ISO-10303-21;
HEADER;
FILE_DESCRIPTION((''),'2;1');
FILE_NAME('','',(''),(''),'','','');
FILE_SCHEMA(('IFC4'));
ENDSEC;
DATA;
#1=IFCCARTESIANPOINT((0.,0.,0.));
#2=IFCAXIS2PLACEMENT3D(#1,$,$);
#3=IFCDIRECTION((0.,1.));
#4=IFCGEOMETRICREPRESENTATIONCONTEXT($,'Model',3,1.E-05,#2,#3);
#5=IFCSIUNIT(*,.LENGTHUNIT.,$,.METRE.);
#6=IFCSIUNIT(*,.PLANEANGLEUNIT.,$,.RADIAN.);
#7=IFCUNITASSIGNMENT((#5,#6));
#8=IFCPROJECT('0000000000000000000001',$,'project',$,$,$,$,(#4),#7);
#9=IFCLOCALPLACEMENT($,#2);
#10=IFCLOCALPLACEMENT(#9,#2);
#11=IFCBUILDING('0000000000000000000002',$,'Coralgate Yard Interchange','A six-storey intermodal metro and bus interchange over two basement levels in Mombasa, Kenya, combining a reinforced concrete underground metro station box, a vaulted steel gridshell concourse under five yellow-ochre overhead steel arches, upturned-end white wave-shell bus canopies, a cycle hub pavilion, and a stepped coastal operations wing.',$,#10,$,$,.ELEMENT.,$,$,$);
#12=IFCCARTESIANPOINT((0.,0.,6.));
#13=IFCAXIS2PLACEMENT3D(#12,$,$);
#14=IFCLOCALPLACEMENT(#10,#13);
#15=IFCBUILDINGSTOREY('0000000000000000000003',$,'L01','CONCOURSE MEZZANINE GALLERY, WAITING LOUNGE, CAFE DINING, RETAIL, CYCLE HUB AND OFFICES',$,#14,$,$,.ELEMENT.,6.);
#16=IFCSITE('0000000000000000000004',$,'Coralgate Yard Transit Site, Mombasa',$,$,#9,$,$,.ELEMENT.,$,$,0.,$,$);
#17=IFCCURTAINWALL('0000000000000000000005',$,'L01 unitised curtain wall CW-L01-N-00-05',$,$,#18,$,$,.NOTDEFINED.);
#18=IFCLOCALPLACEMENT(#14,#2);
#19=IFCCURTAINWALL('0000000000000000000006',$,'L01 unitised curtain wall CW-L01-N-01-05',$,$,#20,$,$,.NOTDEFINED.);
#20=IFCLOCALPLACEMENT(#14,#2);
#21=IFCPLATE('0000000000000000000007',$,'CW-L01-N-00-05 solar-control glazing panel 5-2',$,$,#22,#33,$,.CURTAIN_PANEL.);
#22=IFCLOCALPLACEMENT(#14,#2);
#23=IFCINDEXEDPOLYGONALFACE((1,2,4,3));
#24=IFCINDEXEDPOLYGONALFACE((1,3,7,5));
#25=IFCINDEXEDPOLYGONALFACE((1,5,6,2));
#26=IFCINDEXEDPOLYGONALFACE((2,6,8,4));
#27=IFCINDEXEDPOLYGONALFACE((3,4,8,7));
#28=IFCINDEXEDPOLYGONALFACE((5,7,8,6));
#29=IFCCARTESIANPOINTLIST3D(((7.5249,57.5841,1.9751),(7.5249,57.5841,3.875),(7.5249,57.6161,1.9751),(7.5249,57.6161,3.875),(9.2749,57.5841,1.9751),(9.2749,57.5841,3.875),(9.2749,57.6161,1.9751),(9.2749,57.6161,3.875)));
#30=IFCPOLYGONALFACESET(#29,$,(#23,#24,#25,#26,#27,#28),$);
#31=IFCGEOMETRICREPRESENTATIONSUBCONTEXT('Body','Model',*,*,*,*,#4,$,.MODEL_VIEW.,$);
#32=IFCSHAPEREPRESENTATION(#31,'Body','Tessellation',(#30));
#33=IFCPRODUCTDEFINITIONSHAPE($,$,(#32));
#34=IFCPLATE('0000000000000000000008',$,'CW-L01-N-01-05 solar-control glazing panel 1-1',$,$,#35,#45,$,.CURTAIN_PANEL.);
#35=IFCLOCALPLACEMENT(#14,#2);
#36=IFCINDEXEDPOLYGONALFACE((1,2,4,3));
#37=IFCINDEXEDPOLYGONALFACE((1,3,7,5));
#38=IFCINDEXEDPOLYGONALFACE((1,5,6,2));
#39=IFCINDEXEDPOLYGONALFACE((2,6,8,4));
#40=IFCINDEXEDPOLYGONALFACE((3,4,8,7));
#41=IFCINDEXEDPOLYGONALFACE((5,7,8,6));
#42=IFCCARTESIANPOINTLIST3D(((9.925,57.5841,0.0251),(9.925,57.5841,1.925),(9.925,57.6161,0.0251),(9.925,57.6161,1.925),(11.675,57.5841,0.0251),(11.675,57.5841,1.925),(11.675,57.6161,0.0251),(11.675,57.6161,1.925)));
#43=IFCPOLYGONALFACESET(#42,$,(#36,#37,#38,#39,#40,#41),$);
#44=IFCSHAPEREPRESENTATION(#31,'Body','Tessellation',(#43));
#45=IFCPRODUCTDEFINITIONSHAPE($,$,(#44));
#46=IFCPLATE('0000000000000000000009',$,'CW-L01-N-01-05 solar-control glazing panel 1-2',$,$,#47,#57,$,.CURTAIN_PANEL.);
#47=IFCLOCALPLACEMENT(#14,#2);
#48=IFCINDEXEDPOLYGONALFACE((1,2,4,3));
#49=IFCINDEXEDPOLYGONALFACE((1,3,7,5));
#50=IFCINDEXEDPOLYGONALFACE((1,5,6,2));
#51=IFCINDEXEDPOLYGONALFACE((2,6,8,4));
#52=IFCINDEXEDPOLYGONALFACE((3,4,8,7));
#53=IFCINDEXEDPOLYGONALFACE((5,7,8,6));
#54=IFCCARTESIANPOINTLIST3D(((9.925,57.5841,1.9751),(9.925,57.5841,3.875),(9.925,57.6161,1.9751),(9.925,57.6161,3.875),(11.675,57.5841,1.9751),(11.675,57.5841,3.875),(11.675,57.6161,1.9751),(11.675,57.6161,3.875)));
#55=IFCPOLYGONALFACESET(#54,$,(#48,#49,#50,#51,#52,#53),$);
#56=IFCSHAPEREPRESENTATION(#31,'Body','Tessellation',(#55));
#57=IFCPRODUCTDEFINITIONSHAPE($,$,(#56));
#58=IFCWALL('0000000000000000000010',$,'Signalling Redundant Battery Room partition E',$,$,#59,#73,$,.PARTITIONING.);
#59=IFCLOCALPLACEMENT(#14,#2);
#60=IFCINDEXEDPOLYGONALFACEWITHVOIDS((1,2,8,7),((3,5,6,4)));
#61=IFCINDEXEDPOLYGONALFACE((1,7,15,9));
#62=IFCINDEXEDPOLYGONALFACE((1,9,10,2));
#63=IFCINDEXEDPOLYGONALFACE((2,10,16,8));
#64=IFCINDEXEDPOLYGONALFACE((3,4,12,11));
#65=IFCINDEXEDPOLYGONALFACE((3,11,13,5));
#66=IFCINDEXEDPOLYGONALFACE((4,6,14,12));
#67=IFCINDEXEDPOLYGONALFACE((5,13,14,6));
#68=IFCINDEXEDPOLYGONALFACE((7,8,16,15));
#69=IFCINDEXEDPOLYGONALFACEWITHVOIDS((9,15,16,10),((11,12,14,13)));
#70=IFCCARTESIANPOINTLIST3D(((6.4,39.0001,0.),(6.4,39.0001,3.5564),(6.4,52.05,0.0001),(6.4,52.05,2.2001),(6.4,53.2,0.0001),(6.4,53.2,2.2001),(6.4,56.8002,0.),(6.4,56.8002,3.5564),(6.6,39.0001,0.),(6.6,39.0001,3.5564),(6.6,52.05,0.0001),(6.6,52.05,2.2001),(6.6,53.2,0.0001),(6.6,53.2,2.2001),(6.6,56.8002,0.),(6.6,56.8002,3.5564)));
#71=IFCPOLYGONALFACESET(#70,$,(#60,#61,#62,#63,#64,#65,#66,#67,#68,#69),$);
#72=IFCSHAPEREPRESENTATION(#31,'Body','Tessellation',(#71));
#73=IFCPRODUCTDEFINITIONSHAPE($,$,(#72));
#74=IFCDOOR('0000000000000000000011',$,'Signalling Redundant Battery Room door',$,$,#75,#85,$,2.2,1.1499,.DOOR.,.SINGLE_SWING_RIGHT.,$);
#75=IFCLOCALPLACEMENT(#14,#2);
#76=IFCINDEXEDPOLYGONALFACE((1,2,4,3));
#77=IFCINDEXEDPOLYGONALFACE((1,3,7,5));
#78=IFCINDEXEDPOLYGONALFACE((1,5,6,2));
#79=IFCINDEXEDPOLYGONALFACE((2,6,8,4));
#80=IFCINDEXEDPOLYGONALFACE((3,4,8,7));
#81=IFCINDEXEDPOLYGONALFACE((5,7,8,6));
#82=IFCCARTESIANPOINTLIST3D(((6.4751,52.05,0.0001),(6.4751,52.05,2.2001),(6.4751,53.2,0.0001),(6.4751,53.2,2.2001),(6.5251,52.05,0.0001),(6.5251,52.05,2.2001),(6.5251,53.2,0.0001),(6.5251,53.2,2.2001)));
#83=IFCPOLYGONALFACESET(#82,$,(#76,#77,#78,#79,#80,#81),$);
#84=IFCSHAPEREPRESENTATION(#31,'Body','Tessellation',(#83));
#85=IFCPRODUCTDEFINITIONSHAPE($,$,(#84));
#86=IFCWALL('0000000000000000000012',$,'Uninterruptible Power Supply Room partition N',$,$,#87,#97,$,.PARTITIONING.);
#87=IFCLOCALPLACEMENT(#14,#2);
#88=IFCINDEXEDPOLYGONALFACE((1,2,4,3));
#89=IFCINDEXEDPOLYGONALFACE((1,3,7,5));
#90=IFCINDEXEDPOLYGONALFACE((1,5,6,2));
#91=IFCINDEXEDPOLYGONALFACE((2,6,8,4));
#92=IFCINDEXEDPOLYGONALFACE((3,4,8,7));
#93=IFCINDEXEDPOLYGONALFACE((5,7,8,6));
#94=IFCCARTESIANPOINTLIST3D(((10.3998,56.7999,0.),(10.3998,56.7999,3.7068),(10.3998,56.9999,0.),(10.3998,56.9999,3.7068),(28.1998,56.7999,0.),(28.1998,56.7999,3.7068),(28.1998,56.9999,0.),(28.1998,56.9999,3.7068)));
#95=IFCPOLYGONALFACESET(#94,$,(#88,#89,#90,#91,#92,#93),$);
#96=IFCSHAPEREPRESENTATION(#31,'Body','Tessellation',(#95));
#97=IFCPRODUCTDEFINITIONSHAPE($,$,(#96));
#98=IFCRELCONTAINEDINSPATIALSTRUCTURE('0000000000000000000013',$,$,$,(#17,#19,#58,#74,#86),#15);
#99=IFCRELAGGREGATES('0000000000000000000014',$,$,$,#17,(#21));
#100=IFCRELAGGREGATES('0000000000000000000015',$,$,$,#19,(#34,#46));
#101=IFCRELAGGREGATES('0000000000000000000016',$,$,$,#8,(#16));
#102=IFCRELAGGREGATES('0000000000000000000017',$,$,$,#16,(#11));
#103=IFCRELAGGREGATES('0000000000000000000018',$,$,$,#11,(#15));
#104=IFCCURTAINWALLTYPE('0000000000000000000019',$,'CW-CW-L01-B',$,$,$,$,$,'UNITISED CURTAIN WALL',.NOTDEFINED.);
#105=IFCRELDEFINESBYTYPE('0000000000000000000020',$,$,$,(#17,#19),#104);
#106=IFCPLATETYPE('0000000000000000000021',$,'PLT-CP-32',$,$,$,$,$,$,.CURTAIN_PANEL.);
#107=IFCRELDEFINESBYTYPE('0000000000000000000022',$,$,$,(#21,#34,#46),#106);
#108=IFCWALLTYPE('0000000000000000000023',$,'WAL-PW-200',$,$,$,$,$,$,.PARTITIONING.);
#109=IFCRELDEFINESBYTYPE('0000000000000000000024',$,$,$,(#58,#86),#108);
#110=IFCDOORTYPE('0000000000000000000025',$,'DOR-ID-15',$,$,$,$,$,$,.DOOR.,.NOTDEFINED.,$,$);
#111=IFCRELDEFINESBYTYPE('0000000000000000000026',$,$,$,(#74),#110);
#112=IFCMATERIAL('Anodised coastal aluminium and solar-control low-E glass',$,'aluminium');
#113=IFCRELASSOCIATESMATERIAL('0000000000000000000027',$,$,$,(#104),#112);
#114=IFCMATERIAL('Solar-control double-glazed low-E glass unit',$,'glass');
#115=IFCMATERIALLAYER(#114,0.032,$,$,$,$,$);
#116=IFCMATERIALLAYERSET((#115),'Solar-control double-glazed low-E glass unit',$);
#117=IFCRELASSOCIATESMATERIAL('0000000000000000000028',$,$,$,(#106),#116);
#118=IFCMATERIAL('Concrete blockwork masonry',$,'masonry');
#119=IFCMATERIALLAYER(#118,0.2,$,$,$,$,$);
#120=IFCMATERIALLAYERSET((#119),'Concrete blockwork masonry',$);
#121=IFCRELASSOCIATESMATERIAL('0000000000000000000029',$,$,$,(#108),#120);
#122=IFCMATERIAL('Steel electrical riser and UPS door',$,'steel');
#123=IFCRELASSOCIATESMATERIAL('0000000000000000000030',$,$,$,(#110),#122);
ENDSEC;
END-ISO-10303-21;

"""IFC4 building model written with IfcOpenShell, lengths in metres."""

from ifc_helpers import new_model, si_unit, direction, frame, frame_2d, origin, origin_2d, place, context, subcontext, project, spatial, rectangle, extrude, material, layer, layer_set, type_object, element, fill, aggregate, save


model = new_model("IFC4")

# Units and contexts
model_context = context("Model", 3, precision=1e-05, world=origin(), true_north=direction((0.0, 1.0)))
body_context = subcontext(model_context, "Body", "Model", "MODEL_VIEW")
ifc_project = project(units=[si_unit("LENGTHUNIT", "METRE"), si_unit("PLANEANGLEUNIT", "RADIAN")], contexts=[model_context])

# Site, building, storey
site_placement = place(None, origin())
site = spatial("IfcSite", under=ifc_project, at=site_placement, Name="Coralgate Yard Transit Site, Mombasa", CompositionType="ELEMENT", RefElevation=0.0)
building_placement = place(site_placement, origin())
building = spatial("IfcBuilding", under=site, at=building_placement, Name="Coralgate Yard Interchange", Description="A six-storey intermodal metro and bus interchange over two basement levels in Mombasa, Kenya, combining a reinforced concrete underground metro station box, a vaulted steel gridshell concourse under five yellow-ochre overhead steel arches, upturned-end white wave-shell bus canopies, a cycle hub pavilion, and a stepped coastal operations wing.", CompositionType="ELEMENT")
storey_placement = place(building_placement, frame((0.0, 0.0, 6.0)))
storey = spatial("IfcBuildingStorey", under=building, at=storey_placement, Name="L01", Description="CONCOURSE MEZZANINE GALLERY, WAITING LOUNGE, CAFE DINING, RETAIL, CYCLE HUB AND OFFICES", CompositionType="ELEMENT", Elevation=6.0)

# Curtain walls
ifc_material_1 = material(Name="Anodised coastal aluminium and solar-control low-E glass", Category="aluminium")
curtain_wall_type = type_object("IfcCurtainWallType", Name="CW-CW-L01-B", ElementType="UNITISED CURTAIN WALL", PredefinedType="NOTDEFINED", material=ifc_material_1)
curtain_wall_1_placement = place(storey_placement, origin())
curtain_wall_1 = element("IfcCurtainWall", 1, at=curtain_wall_1_placement, inside=storey, type_object=curtain_wall_type, Name="L01 unitised curtain wall CW-L01-N-00-05", PredefinedType="NOTDEFINED")
curtain_wall_2_placement = place(storey_placement, origin())
curtain_wall_2 = element("IfcCurtainWall", 2, at=curtain_wall_2_placement, inside=storey, type_object=curtain_wall_type, Name="L01 unitised curtain wall CW-L01-N-01-05", PredefinedType="NOTDEFINED")

# Plates
ifc_material_2 = material(Name="Solar-control double-glazed low-E glass unit", Category="glass")
ifc_layer_1 = layer(ifc_material_2, 0.032)
ifc_layer_set_1 = layer_set([ifc_layer_1], Name="Solar-control double-glazed low-E glass unit")
plate_type = type_object("IfcPlateType", Name="PLT-CP-32", PredefinedType="CURTAIN_PANEL", material=ifc_layer_set_1)
plate_1_placement = place(storey_placement, frame((8.3999, 57.6001, 1.9751), z_axis=(0.0, 0.0, 1.0), x_axis=(1.0, 0.0, 0.0)))
plate_1 = element("IfcPlate", 3, at=plate_1_placement, type_object=plate_type, Name="CW-L01-N-00-05 solar-control glazing panel 5-2", PredefinedType="CURTAIN_PANEL", context=body_context, shape_type="SweptSolid", body=[
    extrude(rectangle(XDim=1.75, YDim=0.032, at=origin_2d()), origin(), (0.0, 0.0, 1.0), 1.8999),
])
aggregate(curtain_wall_1, [plate_1])
plate_2_placement = place(storey_placement, frame((10.8, 57.6001, 0.0251), z_axis=(0.0, 0.0, 1.0), x_axis=(1.0, 0.0, 0.0)))
plate_2 = element("IfcPlate", 4, at=plate_2_placement, type_object=plate_type, Name="CW-L01-N-01-05 solar-control glazing panel 1-1", PredefinedType="CURTAIN_PANEL", context=body_context, shape_type="SweptSolid", body=[
    extrude(rectangle(XDim=1.75, YDim=0.032, at=origin_2d()), origin(), (0.0, 0.0, 1.0), 1.8999),
])
plate_3_placement = place(storey_placement, frame((10.8, 57.6001, 1.9751), z_axis=(0.0, 0.0, 1.0), x_axis=(1.0, 0.0, 0.0)))
plate_3 = element("IfcPlate", 5, at=plate_3_placement, type_object=plate_type, Name="CW-L01-N-01-05 solar-control glazing panel 1-2", PredefinedType="CURTAIN_PANEL", context=body_context, shape_type="SweptSolid", body=[
    extrude(rectangle(XDim=1.75, YDim=0.032, at=origin_2d()), origin(), (0.0, 0.0, 1.0), 1.8999),
])
aggregate(curtain_wall_2, [plate_2, plate_3])

# Wall, opening, door
ifc_material_3 = material(Name="Concrete blockwork masonry", Category="masonry")
ifc_layer_2 = layer(ifc_material_3, 0.2)
ifc_layer_set_2 = layer_set([ifc_layer_2], Name="Concrete blockwork masonry")
wall_type = type_object("IfcWallType", Name="WAL-PW-200", PredefinedType="PARTITIONING", material=ifc_layer_set_2)
wall_1_placement = place(storey_placement, frame((6.5, 56.8, 0.0), z_axis=(0.0, 0.0, 1.0), x_axis=(0.0, -1.0, 0.0)))
wall_1 = element("IfcWall", 6, at=wall_1_placement, inside=storey, type_object=wall_type, Name="Signalling Redundant Battery Room partition E", PredefinedType="PARTITIONING", context=body_context, shape_type="SweptSolid", body=[
    extrude(rectangle(XDim=17.8, YDim=0.2, at=frame_2d((8.8999, 0.0))), origin(), (0.0, 0.0, 1.0), 3.5564),
])
opening_placement = place(wall_1_placement, frame((3.6001, 0.0, 0.0)))
opening = element("IfcOpeningElement", 7, at=opening_placement, cuts=wall_1, PredefinedType="OPENING", context=body_context, shape_type="SweptSolid", body=[
    extrude(rectangle(XDim=1.1499, YDim=2.2, at=frame_2d((0.575, 1.1001))), frame((0.0, 0.1099, 0.0), z_axis=(0.0, -1.0, 0.0), x_axis=(1.0, 0.0, 0.0)), (0.0, 0.0, 1.0), 0.22),
])
ifc_material_4 = material(Name="Steel electrical riser and UPS door", Category="steel")
door_type = type_object("IfcDoorType", Name="DOR-ID-15", OperationType="NOTDEFINED", PredefinedType="DOOR", material=ifc_material_4)
door_placement = place(opening_placement, frame((1.1499, 0.0, 0.0), z_axis=(0.0, 0.0, 1.0), x_axis=(-1.0, 0.0, 0.0)))
door = element("IfcDoor", 8, at=door_placement, inside=storey, type_object=door_type, Name="Signalling Redundant Battery Room door", OperationType="SINGLE_SWING_RIGHT", OverallHeight=2.2, OverallWidth=1.1499, PredefinedType="DOOR", context=body_context, shape_type="SweptSolid", body=[
    extrude(rectangle(XDim=1.1499, YDim=2.2, at=frame_2d((0.575, 1.1001))), frame((0.0, 0.0249, 0.0), z_axis=(0.0, -1.0, 0.0), x_axis=(1.0, 0.0, 0.0)), (0.0, 0.0, 1.0), 0.05),
])
fill(opening, door)

# Wall
wall_2_placement = place(storey_placement, frame((10.3999, 56.8999, 0.0), z_axis=(0.0, 0.0, 1.0), x_axis=(1.0, 0.0, 0.0)))
element("IfcWall", 9, at=wall_2_placement, inside=storey, type_object=wall_type, Name="Uninterruptible Power Supply Room partition N", PredefinedType="PARTITIONING", context=body_context, shape_type="SweptSolid", body=[
    extrude(rectangle(XDim=17.8, YDim=0.2, at=frame_2d((8.8999, 0.0))), origin(), (0.0, 0.0, 1.0), 3.7068),
])

save(model, "model.ifc")
